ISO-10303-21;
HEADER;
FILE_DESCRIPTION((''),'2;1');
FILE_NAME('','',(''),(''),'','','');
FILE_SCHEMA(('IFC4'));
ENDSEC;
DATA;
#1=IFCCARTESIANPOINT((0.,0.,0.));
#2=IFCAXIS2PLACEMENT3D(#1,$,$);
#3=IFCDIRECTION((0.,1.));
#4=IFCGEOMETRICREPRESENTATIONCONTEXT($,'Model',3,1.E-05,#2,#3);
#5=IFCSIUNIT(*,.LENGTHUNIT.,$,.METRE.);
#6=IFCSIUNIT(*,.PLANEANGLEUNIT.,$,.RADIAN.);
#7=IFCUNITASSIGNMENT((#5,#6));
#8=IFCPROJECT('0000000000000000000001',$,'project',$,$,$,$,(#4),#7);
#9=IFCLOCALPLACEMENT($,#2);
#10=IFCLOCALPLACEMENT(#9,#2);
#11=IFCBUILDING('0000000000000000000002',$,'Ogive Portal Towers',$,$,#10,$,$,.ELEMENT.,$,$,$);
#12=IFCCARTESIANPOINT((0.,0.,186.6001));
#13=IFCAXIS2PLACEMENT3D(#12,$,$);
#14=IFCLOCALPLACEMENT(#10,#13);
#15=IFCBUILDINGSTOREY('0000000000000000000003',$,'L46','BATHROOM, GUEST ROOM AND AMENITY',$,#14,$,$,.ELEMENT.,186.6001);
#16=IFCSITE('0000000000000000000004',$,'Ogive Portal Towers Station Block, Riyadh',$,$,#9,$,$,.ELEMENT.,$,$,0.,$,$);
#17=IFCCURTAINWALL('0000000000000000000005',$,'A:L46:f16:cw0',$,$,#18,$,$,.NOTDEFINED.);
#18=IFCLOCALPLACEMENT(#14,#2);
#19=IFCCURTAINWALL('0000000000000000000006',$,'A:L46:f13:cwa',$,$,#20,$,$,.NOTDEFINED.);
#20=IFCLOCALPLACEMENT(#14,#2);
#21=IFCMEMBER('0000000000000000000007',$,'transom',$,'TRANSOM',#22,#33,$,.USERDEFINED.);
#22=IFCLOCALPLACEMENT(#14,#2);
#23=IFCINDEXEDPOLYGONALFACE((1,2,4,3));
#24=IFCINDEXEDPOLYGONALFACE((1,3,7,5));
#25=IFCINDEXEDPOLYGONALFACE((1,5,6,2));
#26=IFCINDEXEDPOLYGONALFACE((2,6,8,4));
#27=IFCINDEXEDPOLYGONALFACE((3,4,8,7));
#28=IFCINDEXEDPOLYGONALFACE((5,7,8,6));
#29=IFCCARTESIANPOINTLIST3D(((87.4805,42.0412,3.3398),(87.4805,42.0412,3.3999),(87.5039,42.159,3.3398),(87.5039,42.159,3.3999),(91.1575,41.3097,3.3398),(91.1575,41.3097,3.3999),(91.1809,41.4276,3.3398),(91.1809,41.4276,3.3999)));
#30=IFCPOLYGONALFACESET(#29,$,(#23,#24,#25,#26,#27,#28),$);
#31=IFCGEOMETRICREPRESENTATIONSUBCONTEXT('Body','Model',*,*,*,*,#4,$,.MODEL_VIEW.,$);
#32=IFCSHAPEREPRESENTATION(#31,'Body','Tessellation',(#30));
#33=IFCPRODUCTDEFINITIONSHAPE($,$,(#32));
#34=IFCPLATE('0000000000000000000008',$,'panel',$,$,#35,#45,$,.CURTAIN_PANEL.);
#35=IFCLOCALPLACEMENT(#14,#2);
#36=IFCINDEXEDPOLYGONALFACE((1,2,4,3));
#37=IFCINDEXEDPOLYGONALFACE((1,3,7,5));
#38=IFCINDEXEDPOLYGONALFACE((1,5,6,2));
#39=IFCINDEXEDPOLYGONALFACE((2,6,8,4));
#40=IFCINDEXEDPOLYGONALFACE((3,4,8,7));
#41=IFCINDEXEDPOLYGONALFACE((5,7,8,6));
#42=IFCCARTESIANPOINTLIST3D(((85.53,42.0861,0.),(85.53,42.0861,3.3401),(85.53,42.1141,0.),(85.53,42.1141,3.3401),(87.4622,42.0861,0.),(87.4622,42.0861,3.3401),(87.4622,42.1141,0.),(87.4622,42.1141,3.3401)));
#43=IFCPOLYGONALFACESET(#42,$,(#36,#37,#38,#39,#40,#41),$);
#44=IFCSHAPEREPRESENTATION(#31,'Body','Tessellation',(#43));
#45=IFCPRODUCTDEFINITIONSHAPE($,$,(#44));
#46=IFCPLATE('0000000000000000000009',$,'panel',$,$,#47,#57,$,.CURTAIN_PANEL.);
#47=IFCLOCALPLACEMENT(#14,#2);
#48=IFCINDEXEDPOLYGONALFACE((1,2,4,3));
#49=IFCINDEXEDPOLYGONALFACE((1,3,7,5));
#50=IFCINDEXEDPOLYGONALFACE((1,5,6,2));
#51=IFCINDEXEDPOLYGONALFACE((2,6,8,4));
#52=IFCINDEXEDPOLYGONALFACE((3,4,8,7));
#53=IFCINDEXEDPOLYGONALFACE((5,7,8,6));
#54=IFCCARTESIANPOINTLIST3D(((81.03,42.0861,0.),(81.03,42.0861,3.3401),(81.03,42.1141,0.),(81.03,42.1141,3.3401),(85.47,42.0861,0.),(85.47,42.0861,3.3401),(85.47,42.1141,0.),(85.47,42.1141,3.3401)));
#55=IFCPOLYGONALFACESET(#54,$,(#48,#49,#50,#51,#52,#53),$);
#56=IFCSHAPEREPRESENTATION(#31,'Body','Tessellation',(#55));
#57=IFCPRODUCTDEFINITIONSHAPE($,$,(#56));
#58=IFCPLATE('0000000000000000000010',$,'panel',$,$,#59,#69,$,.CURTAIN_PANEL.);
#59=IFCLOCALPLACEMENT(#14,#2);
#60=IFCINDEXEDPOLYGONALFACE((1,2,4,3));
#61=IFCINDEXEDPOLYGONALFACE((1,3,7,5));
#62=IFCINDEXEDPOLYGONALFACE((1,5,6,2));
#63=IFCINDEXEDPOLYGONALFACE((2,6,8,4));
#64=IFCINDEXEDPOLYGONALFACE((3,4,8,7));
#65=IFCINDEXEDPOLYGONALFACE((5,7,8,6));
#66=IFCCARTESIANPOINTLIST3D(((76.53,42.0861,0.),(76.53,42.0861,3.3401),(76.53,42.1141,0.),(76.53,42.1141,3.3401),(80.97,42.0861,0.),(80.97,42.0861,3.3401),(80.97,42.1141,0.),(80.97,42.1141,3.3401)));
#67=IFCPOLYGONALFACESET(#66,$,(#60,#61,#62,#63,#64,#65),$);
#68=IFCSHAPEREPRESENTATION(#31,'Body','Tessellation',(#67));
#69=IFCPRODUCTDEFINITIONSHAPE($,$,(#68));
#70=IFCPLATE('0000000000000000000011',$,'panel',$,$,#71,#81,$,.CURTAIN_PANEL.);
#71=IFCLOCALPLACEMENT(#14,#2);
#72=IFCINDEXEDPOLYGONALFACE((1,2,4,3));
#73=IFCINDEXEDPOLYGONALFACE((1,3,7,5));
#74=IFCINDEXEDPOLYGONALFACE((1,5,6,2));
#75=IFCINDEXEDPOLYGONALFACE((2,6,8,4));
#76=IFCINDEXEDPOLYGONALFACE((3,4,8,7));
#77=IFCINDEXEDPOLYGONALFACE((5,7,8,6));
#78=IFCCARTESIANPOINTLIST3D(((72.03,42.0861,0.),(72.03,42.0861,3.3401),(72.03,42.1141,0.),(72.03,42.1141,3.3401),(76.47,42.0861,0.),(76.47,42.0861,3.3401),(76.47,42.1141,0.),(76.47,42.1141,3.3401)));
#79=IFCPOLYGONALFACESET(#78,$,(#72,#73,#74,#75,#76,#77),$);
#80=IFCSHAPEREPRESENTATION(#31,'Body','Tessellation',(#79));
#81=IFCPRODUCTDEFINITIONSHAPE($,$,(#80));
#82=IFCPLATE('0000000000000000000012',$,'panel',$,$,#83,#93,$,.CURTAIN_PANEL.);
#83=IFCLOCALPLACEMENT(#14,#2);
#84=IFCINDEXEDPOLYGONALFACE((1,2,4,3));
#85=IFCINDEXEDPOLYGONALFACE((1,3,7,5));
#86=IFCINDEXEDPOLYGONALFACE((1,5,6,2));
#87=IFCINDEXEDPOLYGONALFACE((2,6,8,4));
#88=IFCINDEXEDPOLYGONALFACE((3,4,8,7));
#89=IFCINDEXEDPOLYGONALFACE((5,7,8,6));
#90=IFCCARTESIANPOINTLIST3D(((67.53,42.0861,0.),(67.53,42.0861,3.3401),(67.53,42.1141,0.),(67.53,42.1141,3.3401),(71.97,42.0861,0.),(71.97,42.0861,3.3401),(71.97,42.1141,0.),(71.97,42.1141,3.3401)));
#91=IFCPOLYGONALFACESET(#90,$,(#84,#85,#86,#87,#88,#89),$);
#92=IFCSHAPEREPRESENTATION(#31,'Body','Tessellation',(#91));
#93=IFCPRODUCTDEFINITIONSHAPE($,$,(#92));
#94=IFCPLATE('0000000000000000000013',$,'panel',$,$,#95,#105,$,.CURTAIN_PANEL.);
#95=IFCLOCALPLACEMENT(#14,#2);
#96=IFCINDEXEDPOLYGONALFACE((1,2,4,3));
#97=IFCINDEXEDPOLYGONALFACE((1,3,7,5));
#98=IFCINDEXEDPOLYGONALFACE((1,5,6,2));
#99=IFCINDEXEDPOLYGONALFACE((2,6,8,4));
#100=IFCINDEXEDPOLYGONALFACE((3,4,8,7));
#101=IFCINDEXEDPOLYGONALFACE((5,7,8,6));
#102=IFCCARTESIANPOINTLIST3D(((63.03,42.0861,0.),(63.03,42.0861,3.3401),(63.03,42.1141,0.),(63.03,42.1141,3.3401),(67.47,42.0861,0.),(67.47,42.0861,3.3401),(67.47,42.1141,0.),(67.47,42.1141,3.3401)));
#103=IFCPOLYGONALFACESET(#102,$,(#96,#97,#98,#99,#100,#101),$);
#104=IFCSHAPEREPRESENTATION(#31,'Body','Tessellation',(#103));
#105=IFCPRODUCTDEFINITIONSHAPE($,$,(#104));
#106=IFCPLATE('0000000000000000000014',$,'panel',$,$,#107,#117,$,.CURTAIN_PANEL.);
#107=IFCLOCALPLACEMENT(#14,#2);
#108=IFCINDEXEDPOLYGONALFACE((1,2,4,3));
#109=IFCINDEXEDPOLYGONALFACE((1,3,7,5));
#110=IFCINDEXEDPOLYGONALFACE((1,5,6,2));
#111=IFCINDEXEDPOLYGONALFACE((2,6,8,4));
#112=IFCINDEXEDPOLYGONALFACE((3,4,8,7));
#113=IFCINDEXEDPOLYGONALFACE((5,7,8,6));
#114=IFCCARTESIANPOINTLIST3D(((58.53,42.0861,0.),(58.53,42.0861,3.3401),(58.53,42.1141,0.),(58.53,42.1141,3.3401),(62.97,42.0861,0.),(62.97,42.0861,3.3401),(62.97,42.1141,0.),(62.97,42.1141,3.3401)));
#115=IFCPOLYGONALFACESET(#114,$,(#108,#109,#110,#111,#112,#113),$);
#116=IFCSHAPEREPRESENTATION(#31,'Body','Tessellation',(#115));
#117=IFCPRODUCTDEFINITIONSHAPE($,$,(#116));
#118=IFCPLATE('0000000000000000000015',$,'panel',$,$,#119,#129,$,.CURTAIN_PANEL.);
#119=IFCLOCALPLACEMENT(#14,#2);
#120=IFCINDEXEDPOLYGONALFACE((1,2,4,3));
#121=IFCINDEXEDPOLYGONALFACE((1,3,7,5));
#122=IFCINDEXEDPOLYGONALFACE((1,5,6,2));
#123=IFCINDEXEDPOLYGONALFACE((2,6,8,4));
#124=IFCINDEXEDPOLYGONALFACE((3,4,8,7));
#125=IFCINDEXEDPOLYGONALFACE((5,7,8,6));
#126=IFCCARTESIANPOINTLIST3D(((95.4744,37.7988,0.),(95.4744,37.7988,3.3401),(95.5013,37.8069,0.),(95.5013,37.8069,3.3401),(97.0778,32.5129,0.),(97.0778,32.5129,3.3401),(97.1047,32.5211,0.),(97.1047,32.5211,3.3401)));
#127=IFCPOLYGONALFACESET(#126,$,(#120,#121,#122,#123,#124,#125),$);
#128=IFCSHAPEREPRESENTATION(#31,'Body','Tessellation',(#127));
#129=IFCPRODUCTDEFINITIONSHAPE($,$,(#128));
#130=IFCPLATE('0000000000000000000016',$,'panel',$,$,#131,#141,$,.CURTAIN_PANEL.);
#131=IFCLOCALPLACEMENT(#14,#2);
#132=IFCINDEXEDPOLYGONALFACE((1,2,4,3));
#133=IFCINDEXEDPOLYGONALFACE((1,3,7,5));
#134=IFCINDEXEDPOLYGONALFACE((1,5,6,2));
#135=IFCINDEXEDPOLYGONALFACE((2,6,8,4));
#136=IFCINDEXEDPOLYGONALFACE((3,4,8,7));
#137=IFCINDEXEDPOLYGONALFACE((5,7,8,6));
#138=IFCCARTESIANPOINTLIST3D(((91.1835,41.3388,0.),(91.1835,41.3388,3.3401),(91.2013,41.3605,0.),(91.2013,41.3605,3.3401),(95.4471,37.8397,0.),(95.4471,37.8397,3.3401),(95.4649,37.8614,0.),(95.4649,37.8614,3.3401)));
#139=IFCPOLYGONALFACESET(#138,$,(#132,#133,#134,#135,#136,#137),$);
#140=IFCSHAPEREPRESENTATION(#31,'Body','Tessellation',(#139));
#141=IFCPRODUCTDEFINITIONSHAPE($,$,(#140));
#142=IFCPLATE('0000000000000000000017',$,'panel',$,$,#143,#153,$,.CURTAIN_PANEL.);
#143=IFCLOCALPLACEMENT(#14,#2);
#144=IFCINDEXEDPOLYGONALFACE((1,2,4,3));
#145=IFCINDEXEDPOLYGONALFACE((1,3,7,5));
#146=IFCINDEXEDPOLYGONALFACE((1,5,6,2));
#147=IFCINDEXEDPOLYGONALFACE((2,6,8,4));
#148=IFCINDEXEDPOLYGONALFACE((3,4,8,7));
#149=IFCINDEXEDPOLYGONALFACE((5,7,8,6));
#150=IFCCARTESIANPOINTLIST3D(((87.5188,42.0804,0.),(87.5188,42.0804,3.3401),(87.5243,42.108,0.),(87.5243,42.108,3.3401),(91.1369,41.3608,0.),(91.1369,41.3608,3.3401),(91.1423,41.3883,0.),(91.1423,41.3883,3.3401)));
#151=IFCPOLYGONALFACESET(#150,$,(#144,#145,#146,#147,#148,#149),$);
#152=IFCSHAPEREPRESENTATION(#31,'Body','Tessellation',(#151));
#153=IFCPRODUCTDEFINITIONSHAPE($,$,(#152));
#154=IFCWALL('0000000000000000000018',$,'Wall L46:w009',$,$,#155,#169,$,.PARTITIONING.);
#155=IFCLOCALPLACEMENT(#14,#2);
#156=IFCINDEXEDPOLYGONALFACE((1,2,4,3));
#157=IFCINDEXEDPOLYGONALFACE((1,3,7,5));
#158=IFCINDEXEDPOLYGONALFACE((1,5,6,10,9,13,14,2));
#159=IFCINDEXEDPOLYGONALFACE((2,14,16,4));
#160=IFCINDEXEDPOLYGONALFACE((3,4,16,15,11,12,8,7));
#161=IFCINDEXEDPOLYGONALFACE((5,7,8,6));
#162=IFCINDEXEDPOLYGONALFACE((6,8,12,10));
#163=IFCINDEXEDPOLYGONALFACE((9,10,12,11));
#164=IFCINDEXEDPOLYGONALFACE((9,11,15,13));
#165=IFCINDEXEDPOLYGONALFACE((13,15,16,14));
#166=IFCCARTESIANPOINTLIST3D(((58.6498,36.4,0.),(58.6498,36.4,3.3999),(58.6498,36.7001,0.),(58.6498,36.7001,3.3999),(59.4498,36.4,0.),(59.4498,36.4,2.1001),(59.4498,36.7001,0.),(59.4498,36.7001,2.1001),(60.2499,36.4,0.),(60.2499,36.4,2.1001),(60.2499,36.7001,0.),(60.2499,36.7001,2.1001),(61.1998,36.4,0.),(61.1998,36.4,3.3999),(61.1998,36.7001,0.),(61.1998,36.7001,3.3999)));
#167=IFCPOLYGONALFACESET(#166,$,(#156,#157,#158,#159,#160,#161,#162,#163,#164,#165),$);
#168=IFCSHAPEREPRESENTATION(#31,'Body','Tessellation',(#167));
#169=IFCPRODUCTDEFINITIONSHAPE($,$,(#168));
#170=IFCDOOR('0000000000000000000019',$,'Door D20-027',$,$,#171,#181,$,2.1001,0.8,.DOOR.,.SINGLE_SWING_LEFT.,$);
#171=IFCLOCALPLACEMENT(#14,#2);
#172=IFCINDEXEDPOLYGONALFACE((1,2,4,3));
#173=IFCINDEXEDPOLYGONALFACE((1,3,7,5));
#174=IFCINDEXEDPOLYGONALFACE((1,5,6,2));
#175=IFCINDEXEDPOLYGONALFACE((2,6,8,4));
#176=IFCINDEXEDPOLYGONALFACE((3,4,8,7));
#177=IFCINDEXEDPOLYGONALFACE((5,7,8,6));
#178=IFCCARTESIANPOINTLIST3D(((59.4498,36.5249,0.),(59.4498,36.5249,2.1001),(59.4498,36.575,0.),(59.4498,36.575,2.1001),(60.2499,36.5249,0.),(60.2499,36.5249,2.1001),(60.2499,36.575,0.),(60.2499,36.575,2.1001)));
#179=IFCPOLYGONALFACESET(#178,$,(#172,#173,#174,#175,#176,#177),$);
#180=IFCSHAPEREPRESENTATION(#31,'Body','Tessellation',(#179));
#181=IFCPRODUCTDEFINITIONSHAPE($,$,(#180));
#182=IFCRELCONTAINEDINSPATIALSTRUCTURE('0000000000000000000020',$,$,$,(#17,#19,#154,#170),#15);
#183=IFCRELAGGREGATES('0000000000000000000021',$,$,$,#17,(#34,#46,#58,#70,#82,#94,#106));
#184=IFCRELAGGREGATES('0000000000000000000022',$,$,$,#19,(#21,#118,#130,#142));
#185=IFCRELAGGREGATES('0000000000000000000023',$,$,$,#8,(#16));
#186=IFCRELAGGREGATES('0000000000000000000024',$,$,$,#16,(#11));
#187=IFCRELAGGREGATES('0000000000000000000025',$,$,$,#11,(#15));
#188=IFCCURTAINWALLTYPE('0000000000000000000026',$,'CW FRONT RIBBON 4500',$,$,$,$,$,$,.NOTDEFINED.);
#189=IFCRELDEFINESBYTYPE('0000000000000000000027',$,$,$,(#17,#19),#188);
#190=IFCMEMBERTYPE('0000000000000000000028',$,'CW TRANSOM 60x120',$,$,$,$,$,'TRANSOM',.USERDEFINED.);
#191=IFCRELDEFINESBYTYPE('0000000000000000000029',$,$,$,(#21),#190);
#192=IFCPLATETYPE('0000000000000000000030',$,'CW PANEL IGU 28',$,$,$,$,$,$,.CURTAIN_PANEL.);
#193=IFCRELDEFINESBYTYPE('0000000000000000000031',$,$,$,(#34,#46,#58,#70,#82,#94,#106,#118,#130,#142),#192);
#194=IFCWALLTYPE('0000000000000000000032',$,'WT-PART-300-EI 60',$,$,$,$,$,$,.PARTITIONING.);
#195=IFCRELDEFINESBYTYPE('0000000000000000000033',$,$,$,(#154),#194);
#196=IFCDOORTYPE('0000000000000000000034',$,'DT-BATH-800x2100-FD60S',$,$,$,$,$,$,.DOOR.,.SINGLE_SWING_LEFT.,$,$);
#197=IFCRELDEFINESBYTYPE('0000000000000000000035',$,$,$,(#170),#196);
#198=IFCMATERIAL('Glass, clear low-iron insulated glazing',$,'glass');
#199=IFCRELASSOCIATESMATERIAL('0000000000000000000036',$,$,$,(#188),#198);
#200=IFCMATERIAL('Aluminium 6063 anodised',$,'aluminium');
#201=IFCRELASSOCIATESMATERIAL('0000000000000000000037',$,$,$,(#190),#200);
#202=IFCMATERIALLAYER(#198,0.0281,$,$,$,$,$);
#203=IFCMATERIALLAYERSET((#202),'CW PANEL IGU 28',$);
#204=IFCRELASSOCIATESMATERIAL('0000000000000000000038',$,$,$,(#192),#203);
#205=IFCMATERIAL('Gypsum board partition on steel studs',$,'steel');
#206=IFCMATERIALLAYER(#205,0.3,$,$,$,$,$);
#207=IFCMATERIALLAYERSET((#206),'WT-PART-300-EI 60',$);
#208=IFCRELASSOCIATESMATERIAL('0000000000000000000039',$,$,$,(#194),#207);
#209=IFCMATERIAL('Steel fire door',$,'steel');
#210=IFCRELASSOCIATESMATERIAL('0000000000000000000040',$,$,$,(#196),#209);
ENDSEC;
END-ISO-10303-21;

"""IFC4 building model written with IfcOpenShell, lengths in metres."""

from ifc_helpers import new_model, si_unit, direction, frame, frame_2d, origin, origin_2d, place, context, subcontext, project, spatial, rectangle, extrude, material, layer, layer_set, material_profile, profile_set, type_object, element, fill, aggregate, save


model = new_model("IFC4")

# Units and contexts
model_context = context("Model", 3, precision=1e-05, world=origin(), true_north=direction((0.0, 1.0)))
body_context = subcontext(model_context, "Body", "Model", "MODEL_VIEW")
ifc_project = project(units=[si_unit("LENGTHUNIT", "METRE"), si_unit("PLANEANGLEUNIT", "RADIAN")], contexts=[model_context])

# Site, building, storey
site_placement = place(None, origin())
site = spatial("IfcSite", under=ifc_project, at=site_placement, Name="Ogive Portal Towers Station Block, Riyadh", CompositionType="ELEMENT", RefElevation=0.0)
building_placement = place(site_placement, origin())
building = spatial("IfcBuilding", under=site, at=building_placement, Name="Ogive Portal Towers", CompositionType="ELEMENT")
storey_placement = place(building_placement, frame((0.0, 0.0, 186.6001)))
storey = spatial("IfcBuildingStorey", under=building, at=storey_placement, Name="L46", Description="BATHROOM, GUEST ROOM AND AMENITY", CompositionType="ELEMENT", Elevation=186.6001)

# Curtain walls
ifc_material_1 = material(Name="Glass, clear low-iron insulated glazing", Category="glass")
curtain_wall_type = type_object("IfcCurtainWallType", Name="CW FRONT RIBBON 4500", PredefinedType="NOTDEFINED", material=ifc_material_1)
curtain_wall_1_placement = place(storey_placement, origin())
curtain_wall_1 = element("IfcCurtainWall", 1, at=curtain_wall_1_placement, inside=storey, type_object=curtain_wall_type, Name="A:L46:f16:cw0", PredefinedType="NOTDEFINED")
ifc_material_2 = material(Name="Aluminium 6063 anodised", Category="aluminium")
curtain_wall_2_placement = place(storey_placement, origin())
curtain_wall_2 = element("IfcCurtainWall", 2, at=curtain_wall_2_placement, inside=storey, type_object=curtain_wall_type, Name="A:L46:f13:cwa", PredefinedType="NOTDEFINED")

# Member
ifc_material_profile_1 = material_profile(ifc_material_2, rectangle(XDim=0.1201, YDim=0.0601, at=origin_2d()), Name="AL 120x60")
ifc_profile_set_1 = profile_set([ifc_material_profile_1], Name="Aluminium 6063 anodised")
member_type_1 = type_object("IfcMemberType", Name="CW TRANSOM 60x120", ElementType="TRANSOM", PredefinedType="USERDEFINED", material=ifc_profile_set_1)
member_1_placement = place(storey_placement, frame((91.1692, 41.3687, 3.3699), z_axis=(-0.980783, 0.195102, 0.0), x_axis=(-0.195102, -0.980783, 0.0)))
member_1 = element("IfcMember", 3, at=member_1_placement, type_object=member_type_1, Name="transom", ObjectType="TRANSOM", PredefinedType="USERDEFINED", context=body_context, shape_type="SweptSolid", body=[
    extrude(rectangle(XDim=0.1201, YDim=0.0601, at=origin_2d()), origin(), (0.0, 0.0, 1.0), 3.749),
])

# Plates
ifc_layer_1 = layer(ifc_material_1, 0.0281)
ifc_layer_set_1 = layer_set([ifc_layer_1], Name="CW PANEL IGU 28")
plate_type = type_object("IfcPlateType", Name="CW PANEL IGU 28", PredefinedType="CURTAIN_PANEL", material=ifc_layer_set_1)
plate_1_placement = place(storey_placement, frame((86.4961, 42.1001, 0.0), z_axis=(0.0, 0.0, 1.0), x_axis=(-1.0, 0.0, 0.0)))
plate_1 = element("IfcPlate", 4, at=plate_1_placement, type_object=plate_type, Name="panel", PredefinedType="CURTAIN_PANEL", context=body_context, shape_type="SweptSolid", body=[
    extrude(rectangle(XDim=1.9321, YDim=0.0281, at=origin_2d()), origin(), (0.0, 0.0, 1.0), 3.3401),
])
plate_2_placement = place(storey_placement, frame((83.25, 42.1001, 0.0), z_axis=(0.0, 0.0, 1.0), x_axis=(-1.0, 0.0, 0.0)))
plate_2 = element("IfcPlate", 5, at=plate_2_placement, type_object=plate_type, Name="panel", PredefinedType="CURTAIN_PANEL", context=body_context, shape_type="SweptSolid", body=[
    extrude(rectangle(XDim=4.4399, YDim=0.0281, at=origin_2d()), origin(), (0.0, 0.0, 1.0), 3.3401),
])
plate_3_placement = place(storey_placement, frame((78.75, 42.1001, 0.0), z_axis=(0.0, 0.0, 1.0), x_axis=(-1.0, 0.0, 0.0)))
plate_3 = element("IfcPlate", 6, at=plate_3_placement, type_object=plate_type, Name="panel", PredefinedType="CURTAIN_PANEL", context=body_context, shape_type="SweptSolid", body=[
    extrude(rectangle(XDim=4.4399, YDim=0.0281, at=origin_2d()), origin(), (0.0, 0.0, 1.0), 3.3401),
])
plate_4_placement = place(storey_placement, frame((74.25, 42.1001, 0.0), z_axis=(0.0, 0.0, 1.0), x_axis=(-1.0, 0.0, 0.0)))
plate_4 = element("IfcPlate", 7, at=plate_4_placement, type_object=plate_type, Name="panel", PredefinedType="CURTAIN_PANEL", context=body_context, shape_type="SweptSolid", body=[
    extrude(rectangle(XDim=4.4399, YDim=0.0281, at=origin_2d()), origin(), (0.0, 0.0, 1.0), 3.3401),
])
plate_5_placement = place(storey_placement, frame((69.75, 42.1001, 0.0), z_axis=(0.0, 0.0, 1.0), x_axis=(-1.0, 0.0, 0.0)))
plate_5 = element("IfcPlate", 8, at=plate_5_placement, type_object=plate_type, Name="panel", PredefinedType="CURTAIN_PANEL", context=body_context, shape_type="SweptSolid", body=[
    extrude(rectangle(XDim=4.4399, YDim=0.0281, at=origin_2d()), origin(), (0.0, 0.0, 1.0), 3.3401),
])
plate_6_placement = place(storey_placement, frame((65.25, 42.1001, 0.0), z_axis=(0.0, 0.0, 1.0), x_axis=(-1.0, 0.0, 0.0)))
plate_6 = element("IfcPlate", 9, at=plate_6_placement, type_object=plate_type, Name="panel", PredefinedType="CURTAIN_PANEL", context=body_context, shape_type="SweptSolid", body=[
    extrude(rectangle(XDim=4.4399, YDim=0.0281, at=origin_2d()), origin(), (0.0, 0.0, 1.0), 3.3401),
])
plate_7_placement = place(storey_placement, frame((60.75, 42.1001, 0.0), z_axis=(0.0, 0.0, 1.0), x_axis=(-1.0, 0.0, 0.0)))
plate_7 = element("IfcPlate", 10, at=plate_7_placement, type_object=plate_type, Name="panel", PredefinedType="CURTAIN_PANEL", context=body_context, shape_type="SweptSolid", body=[
    extrude(rectangle(XDim=4.4399, YDim=0.0281, at=origin_2d()), origin(), (0.0, 0.0, 1.0), 3.3401),
])
aggregate(curtain_wall_1, [plate_1, plate_2, plate_3, plate_4, plate_5, plate_6, plate_7])
plate_8_placement = place(storey_placement, frame((96.2896, 35.1599, 0.0), z_axis=(0.0, 0.0, 1.0), x_axis=(-0.290285, 0.95694, 0.0)))
plate_8 = element("IfcPlate", 11, at=plate_8_placement, type_object=plate_type, Name="panel", PredefinedType="CURTAIN_PANEL", context=body_context, shape_type="SweptSolid", body=[
    extrude(rectangle(XDim=5.5237, YDim=0.0281, at=origin_2d()), origin(), (0.0, 0.0, 1.0), 3.3401),
])
plate_9_placement = place(storey_placement, frame((93.3242, 39.6001, 0.0), z_axis=(0.0, 0.0, 1.0), x_axis=(-0.77301, 0.634393, 0.0)))
plate_9 = element("IfcPlate", 12, at=plate_9_placement, type_object=plate_type, Name="panel", PredefinedType="CURTAIN_PANEL", context=body_context, shape_type="SweptSolid", body=[
    extrude(rectangle(XDim=5.5156, YDim=0.0281, at=origin_2d()), origin(), (0.0, 0.0, 1.0), 3.3401),
])
plate_10_placement = place(storey_placement, frame((89.3306, 41.7344, 0.0), z_axis=(0.0, 0.0, 1.0), x_axis=(-0.980785, 0.19509, 0.0)))
plate_10 = element("IfcPlate", 13, at=plate_10_placement, type_object=plate_type, Name="panel", PredefinedType="CURTAIN_PANEL", context=body_context, shape_type="SweptSolid", body=[
    extrude(rectangle(XDim=3.689, YDim=0.0281, at=origin_2d()), origin(), (0.0, 0.0, 1.0), 3.3401),
])
aggregate(curtain_wall_2, [member_1, plate_8, plate_9, plate_10])

# Wall, opening, door
ifc_material_3 = material(Name="Gypsum board partition on steel studs", Category="steel")
ifc_layer_2 = layer(ifc_material_3, 0.3)
ifc_layer_set_2 = layer_set([ifc_layer_2], Name="WT-PART-300-EI 60")
wall_type = type_object("IfcWallType", Name="WT-PART-300-EI 60", PredefinedType="PARTITIONING", material=ifc_layer_set_2)
wall_1_placement = place(storey_placement, frame((58.6499, 36.55, 0.0), z_axis=(0.0, 0.0, 1.0), x_axis=(1.0, 0.0, 0.0)))
wall_1 = element("IfcWall", 14, at=wall_1_placement, inside=storey, type_object=wall_type, Name="Wall L46:w009", PredefinedType="PARTITIONING", context=body_context, shape_type="SweptSolid", body=[
    extrude(rectangle(XDim=2.55, YDim=0.3, at=frame_2d((1.2749, 0.0))), origin(), (0.0, 0.0, 1.0), 3.3999),
])
opening_1_placement = place(wall_1_placement, frame((0.8, 0.0, 0.0)))
opening_1 = element("IfcOpeningElement", 15, at=opening_1_placement, cuts=wall_1, PredefinedType="OPENING", context=body_context, shape_type="SweptSolid", body=[
    extrude(rectangle(XDim=0.8, YDim=2.1001, at=frame_2d((0.3999, 1.05))), frame((0.0, 0.1602, 0.0), z_axis=(0.0, -1.0, 0.0), x_axis=(1.0, 0.0, 0.0)), (0.0, 0.0, 1.0), 0.3201),
])
ifc_material_4 = material(Name="Steel fire door", Category="steel")
door_type = type_object("IfcDoorType", Name="DT-BATH-800x2100-FD60S", OperationType="SINGLE_SWING_LEFT", PredefinedType="DOOR", material=ifc_material_4)
door_1_placement = place(opening_1_placement, origin())
door_1 = element("IfcDoor", 16, at=door_1_placement, inside=storey, type_object=door_type, Name="Door D20-027", OperationType="SINGLE_SWING_LEFT", OverallHeight=2.1001, OverallWidth=0.8, PredefinedType="DOOR", context=body_context, shape_type="SweptSolid", body=[
    extrude(rectangle(XDim=0.8, YDim=2.1001, at=frame_2d((0.3999, 1.05))), frame((0.0, 0.0249, 0.0), z_axis=(0.0, -1.0, 0.0), x_axis=(1.0, 0.0, 0.0)), (0.0, 0.0, 1.0), 0.05),
])
fill(opening_1, door_1)

save(model, "model.ifc")
